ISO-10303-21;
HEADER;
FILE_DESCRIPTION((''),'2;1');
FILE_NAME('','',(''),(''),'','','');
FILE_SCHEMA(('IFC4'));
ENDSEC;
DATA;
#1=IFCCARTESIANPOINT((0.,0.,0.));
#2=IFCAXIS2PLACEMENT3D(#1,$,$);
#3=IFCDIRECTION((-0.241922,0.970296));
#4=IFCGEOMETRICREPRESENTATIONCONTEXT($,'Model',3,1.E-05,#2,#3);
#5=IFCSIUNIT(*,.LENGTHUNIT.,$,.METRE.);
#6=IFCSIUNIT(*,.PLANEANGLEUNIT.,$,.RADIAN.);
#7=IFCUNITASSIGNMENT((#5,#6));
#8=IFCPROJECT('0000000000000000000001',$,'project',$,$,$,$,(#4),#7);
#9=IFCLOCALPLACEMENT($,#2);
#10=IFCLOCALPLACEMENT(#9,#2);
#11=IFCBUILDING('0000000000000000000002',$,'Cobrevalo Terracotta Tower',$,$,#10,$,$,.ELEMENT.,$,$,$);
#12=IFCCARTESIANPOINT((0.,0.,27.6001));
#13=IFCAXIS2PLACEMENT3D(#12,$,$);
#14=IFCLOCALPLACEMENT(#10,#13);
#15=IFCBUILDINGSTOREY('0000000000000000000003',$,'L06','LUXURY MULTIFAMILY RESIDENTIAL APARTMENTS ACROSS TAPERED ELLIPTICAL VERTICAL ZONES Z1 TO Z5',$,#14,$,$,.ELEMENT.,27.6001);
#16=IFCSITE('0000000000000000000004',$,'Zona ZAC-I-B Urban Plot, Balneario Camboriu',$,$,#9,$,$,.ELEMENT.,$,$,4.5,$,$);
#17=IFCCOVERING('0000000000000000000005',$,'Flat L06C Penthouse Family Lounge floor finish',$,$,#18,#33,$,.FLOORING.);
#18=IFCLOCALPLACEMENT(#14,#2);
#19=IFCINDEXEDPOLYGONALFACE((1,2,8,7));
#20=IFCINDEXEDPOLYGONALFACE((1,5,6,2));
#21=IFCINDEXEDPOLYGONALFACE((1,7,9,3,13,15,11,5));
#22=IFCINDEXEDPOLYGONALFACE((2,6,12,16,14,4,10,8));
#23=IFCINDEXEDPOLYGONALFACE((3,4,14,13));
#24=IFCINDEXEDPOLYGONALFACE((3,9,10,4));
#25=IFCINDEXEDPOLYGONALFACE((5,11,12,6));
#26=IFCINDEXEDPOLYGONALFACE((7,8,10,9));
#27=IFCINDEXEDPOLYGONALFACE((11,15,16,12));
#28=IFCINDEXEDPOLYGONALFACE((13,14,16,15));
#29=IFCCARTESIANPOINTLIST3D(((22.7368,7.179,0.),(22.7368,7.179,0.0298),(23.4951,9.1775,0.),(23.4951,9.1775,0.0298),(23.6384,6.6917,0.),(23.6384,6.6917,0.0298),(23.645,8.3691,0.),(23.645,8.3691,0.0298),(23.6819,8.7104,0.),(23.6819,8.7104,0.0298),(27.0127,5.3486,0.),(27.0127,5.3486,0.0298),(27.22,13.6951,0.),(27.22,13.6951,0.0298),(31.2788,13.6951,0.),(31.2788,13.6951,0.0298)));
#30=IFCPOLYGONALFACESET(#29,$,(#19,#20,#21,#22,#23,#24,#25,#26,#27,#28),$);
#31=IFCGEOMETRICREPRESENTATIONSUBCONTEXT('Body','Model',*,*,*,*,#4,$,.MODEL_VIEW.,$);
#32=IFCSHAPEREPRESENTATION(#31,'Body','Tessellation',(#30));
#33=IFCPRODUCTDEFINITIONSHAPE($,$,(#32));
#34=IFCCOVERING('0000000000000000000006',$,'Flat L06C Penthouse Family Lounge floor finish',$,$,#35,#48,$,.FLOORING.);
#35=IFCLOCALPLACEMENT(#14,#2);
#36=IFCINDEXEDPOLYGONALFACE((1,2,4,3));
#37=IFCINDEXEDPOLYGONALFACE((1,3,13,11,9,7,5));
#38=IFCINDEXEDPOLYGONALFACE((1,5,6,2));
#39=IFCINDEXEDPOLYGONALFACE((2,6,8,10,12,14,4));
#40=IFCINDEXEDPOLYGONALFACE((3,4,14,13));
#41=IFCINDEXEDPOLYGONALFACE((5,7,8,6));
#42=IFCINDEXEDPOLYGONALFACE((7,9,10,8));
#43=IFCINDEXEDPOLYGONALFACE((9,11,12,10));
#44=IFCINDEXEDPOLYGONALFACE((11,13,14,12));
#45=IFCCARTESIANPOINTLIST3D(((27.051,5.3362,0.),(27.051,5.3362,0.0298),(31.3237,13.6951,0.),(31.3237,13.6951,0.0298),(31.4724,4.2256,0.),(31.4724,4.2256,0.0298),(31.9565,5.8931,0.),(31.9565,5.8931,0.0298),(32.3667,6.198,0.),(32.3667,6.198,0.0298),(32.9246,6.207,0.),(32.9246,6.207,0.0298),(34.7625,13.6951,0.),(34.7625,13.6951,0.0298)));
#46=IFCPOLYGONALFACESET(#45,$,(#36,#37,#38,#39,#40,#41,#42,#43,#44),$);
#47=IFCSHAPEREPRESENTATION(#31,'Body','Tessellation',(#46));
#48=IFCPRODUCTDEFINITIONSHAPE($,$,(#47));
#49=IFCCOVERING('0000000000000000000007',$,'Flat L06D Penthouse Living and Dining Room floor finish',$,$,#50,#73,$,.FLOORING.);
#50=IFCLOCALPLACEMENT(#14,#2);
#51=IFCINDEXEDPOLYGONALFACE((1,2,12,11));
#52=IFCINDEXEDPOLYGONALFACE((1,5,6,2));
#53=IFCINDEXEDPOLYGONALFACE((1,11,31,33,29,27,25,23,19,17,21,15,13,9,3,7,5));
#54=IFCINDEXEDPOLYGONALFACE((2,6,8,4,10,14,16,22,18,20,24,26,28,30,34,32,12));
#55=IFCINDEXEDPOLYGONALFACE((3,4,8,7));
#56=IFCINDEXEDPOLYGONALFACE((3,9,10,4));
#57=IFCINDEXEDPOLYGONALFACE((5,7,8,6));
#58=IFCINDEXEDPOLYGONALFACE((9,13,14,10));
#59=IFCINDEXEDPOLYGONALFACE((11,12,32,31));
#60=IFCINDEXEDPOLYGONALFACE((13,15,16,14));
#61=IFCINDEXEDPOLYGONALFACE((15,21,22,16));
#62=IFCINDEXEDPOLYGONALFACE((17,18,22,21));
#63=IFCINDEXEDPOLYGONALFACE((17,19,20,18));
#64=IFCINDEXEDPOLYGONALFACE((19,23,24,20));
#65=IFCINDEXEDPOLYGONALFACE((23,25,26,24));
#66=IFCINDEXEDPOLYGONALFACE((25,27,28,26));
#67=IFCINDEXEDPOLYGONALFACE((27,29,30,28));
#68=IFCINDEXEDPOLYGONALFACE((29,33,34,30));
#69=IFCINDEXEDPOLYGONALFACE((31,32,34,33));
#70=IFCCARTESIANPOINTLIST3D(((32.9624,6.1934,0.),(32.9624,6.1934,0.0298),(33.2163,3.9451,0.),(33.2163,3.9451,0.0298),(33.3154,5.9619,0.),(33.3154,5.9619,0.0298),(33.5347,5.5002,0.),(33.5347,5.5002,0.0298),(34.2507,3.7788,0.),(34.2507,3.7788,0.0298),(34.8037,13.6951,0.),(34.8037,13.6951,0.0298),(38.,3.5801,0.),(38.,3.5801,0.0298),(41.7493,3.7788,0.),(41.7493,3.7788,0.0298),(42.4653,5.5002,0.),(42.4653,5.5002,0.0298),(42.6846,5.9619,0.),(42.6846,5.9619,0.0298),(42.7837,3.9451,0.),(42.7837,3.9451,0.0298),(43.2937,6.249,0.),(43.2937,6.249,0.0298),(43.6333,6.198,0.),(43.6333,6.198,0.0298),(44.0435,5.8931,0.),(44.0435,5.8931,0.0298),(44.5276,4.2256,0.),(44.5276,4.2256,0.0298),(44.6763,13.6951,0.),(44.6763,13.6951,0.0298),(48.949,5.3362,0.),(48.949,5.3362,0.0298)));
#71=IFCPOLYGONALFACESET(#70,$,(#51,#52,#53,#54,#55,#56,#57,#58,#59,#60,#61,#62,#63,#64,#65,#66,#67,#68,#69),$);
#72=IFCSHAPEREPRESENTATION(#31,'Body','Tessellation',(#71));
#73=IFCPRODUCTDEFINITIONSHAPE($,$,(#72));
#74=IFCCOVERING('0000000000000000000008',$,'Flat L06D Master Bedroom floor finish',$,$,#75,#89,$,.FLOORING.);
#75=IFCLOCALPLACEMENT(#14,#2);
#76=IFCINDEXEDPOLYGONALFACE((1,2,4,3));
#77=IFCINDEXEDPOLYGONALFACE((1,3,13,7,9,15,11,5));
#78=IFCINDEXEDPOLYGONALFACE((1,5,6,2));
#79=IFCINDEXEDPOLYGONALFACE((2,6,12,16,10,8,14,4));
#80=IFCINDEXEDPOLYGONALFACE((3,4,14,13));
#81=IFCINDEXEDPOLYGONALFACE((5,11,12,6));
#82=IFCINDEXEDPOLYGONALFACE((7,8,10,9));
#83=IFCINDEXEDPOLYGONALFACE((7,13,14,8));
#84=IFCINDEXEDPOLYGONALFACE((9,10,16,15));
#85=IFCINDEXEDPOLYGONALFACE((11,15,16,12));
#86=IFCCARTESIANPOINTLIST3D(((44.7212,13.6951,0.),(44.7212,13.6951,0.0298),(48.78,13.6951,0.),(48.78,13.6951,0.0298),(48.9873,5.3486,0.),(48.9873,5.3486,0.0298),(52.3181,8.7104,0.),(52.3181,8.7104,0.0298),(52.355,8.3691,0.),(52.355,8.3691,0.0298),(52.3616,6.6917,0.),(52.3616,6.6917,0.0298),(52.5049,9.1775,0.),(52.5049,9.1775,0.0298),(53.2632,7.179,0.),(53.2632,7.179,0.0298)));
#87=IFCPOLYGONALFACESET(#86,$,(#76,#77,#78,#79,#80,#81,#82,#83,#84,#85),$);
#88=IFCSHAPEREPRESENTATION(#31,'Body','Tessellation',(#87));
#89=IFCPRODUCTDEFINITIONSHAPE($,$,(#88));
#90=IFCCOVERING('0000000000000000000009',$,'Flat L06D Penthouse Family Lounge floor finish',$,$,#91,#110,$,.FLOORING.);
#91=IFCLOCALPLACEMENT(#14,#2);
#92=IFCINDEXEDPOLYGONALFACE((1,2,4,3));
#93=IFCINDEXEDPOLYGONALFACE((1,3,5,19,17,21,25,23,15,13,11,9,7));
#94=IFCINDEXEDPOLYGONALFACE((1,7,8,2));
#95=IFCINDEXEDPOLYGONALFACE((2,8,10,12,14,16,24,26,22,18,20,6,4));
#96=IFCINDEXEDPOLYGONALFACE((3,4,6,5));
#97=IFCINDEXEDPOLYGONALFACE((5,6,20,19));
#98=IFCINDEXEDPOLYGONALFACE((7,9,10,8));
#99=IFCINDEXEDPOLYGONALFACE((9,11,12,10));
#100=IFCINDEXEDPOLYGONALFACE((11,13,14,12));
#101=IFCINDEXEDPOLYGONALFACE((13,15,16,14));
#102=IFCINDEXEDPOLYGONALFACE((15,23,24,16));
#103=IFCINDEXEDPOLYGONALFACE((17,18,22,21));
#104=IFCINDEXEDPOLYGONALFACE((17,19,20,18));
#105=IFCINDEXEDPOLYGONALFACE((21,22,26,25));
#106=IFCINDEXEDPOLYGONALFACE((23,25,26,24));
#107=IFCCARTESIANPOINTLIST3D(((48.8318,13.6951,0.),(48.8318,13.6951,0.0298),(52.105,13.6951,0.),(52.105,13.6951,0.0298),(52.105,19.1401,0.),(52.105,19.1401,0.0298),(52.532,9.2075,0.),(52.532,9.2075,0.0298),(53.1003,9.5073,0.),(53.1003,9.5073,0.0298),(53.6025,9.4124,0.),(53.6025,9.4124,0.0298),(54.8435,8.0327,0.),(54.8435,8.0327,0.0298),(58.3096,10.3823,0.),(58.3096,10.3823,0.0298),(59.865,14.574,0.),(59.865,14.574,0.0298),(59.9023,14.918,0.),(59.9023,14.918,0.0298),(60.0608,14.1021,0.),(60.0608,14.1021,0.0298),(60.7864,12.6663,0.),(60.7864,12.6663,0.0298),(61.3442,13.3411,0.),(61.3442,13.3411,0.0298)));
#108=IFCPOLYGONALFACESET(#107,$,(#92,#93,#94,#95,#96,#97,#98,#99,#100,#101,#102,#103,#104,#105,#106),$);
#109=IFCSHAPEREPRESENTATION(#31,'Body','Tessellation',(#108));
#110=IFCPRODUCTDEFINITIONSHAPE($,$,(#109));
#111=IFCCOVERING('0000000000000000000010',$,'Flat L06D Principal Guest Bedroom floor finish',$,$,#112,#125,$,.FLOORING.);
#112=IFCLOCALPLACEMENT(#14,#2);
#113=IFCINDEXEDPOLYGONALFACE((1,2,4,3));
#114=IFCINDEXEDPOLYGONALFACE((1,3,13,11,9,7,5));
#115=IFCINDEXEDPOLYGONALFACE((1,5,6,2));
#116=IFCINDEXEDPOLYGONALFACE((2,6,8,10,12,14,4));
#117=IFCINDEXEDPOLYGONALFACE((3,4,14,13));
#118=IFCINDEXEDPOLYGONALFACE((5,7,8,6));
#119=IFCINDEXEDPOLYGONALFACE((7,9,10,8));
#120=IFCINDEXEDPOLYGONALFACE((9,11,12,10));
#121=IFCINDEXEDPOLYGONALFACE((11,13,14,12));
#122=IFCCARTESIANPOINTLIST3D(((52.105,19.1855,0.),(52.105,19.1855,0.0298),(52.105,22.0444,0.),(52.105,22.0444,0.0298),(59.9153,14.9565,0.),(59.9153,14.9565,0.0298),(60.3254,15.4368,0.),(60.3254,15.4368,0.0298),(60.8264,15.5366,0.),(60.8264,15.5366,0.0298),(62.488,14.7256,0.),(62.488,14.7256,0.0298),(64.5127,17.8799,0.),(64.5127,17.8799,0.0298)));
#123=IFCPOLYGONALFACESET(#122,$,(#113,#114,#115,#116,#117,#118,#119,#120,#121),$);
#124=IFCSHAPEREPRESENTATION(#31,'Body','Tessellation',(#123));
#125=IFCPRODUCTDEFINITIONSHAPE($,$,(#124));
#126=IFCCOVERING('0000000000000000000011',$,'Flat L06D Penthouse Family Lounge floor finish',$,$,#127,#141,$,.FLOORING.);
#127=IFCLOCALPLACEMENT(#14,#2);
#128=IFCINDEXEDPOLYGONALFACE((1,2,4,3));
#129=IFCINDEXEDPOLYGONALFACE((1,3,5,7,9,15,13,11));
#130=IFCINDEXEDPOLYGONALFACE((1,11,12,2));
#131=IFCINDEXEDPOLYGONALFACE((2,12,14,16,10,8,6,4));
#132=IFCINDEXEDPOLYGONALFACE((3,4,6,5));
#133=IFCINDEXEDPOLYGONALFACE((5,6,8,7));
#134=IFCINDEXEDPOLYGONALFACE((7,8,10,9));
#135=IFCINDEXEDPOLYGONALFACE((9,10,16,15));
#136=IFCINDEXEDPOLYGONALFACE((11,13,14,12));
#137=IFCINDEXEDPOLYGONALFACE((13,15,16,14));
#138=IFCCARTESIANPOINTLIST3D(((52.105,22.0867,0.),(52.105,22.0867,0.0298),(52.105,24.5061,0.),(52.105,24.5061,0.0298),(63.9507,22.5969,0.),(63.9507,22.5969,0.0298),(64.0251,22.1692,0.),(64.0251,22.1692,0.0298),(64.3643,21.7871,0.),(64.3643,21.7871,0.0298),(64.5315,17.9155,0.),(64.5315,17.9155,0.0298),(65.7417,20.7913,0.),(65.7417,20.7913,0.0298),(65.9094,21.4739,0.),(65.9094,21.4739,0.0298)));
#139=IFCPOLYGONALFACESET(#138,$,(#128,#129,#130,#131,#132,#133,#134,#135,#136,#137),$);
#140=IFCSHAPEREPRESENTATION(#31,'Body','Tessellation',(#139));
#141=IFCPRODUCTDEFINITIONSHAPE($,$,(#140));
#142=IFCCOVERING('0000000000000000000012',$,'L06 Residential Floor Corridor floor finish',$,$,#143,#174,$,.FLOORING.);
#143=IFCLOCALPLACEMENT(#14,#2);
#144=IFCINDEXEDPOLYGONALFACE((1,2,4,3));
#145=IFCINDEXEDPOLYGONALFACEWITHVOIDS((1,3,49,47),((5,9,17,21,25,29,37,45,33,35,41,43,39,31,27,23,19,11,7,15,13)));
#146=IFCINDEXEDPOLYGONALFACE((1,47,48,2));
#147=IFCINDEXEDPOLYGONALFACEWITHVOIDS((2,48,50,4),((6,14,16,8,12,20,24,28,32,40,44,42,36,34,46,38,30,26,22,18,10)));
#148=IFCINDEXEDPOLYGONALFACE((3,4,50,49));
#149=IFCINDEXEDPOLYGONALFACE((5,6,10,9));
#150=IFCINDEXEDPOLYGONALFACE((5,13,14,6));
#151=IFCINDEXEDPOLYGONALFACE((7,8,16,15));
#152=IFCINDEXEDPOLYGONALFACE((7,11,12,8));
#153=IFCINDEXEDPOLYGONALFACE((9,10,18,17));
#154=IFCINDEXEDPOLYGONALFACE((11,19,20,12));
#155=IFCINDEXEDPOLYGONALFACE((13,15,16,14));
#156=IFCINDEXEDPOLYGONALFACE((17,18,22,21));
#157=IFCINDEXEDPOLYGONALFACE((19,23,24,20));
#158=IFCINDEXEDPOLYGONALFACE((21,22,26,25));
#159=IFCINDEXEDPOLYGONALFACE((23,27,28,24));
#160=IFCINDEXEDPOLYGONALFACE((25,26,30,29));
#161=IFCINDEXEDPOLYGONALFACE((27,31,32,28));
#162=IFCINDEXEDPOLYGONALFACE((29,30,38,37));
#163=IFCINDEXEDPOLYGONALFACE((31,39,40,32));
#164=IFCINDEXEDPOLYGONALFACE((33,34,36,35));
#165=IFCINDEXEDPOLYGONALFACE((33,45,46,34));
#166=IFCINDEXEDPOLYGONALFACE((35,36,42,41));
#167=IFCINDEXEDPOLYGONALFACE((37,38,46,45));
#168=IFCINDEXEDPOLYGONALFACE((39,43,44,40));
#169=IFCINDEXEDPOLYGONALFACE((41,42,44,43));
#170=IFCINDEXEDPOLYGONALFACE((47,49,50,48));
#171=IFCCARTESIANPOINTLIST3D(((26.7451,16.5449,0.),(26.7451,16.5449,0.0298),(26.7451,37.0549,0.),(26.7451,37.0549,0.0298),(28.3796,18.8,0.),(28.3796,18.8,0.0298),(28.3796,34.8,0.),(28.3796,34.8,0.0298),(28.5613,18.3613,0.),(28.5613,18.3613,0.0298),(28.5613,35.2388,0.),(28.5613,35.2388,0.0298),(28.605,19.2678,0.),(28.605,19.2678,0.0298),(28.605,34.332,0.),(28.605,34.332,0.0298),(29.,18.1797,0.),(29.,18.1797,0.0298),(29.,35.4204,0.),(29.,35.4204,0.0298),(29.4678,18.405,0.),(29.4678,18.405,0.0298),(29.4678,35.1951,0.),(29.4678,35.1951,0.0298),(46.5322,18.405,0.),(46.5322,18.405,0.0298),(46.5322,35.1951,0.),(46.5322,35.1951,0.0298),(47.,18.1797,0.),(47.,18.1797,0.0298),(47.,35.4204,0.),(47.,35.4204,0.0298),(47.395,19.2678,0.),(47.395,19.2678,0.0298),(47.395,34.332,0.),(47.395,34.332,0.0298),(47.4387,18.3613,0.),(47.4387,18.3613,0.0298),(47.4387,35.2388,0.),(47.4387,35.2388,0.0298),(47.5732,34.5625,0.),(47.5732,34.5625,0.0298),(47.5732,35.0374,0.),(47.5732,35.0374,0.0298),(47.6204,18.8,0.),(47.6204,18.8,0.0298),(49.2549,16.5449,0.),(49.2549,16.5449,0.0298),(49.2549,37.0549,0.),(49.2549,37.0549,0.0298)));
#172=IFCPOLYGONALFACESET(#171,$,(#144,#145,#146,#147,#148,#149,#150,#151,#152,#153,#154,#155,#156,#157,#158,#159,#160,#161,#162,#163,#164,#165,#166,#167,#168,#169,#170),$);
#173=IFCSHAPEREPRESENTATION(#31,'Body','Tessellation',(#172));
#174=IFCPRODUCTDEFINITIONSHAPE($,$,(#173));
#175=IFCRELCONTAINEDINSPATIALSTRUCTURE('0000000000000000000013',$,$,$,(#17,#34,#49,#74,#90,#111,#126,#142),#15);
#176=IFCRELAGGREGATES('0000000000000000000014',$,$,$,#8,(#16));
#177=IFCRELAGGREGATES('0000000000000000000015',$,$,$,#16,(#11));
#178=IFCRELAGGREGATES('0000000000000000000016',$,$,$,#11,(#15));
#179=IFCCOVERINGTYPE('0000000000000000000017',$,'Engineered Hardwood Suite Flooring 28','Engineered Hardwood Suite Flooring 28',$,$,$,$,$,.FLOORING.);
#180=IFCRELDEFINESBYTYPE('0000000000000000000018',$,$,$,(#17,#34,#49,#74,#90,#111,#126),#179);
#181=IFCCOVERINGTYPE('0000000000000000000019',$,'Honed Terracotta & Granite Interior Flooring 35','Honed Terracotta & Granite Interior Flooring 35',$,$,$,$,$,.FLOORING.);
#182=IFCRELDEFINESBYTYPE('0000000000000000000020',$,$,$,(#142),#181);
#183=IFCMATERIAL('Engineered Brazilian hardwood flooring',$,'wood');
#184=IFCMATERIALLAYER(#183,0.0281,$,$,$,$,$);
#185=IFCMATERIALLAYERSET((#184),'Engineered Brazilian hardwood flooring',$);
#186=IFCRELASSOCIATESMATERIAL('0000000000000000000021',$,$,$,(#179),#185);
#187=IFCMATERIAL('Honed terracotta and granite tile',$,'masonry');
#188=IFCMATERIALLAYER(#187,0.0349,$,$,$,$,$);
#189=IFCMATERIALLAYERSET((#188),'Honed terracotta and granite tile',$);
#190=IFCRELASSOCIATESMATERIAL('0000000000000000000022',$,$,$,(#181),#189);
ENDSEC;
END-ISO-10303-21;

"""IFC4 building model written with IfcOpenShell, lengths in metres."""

from ifc_helpers import new_model, si_unit, direction, frame, origin, place, context, subcontext, project, spatial, polyline, outline, extrude, material, layer, layer_set, type_object, element, save


model = new_model("IFC4")

# Units and contexts
model_context = context("Model", 3, precision=1e-05, world=origin(), true_north=direction((-0.241922, 0.970296)))
body_context = subcontext(model_context, "Body", "Model", "MODEL_VIEW")
ifc_project = project(units=[si_unit("LENGTHUNIT", "METRE"), si_unit("PLANEANGLEUNIT", "RADIAN")], contexts=[model_context])

# Site, building, storey
site_placement = place(None, origin())
site = spatial("IfcSite", under=ifc_project, at=site_placement, Name="Zona ZAC-I-B Urban Plot, Balneario Camboriu", CompositionType="ELEMENT", RefElevation=4.5)
building_placement = place(site_placement, origin())
building = spatial("IfcBuilding", under=site, at=building_placement, Name="Cobrevalo Terracotta Tower", CompositionType="ELEMENT")
storey_placement = place(building_placement, frame((0.0, 0.0, 27.6001)))
storey = spatial("IfcBuildingStorey", under=building, at=storey_placement, Name="L06", Description="LUXURY MULTIFAMILY RESIDENTIAL APARTMENTS ACROSS TAPERED ELLIPTICAL VERTICAL ZONES Z1 TO Z5", CompositionType="ELEMENT", Elevation=27.6001)

# Coverings
ifc_material_1 = material(Name="Engineered Brazilian hardwood flooring", Category="wood")
ifc_layer_1 = layer(ifc_material_1, 0.0281)
ifc_layer_set_1 = layer_set([ifc_layer_1], Name="Engineered Brazilian hardwood flooring")
covering_type_1 = type_object("IfcCoveringType", Name="Engineered Hardwood Suite Flooring 28", Description="Engineered Hardwood Suite Flooring 28", PredefinedType="FLOORING", material=ifc_layer_set_1)
covering_1_placement = place(storey_placement, origin())
element("IfcCovering", 1, at=covering_1_placement, inside=storey, type_object=covering_type_1, Name="Flat L06C Penthouse Family Lounge floor finish", PredefinedType="FLOORING", context=body_context, shape_type="SweptSolid", body=[
    extrude(outline(polyline([(22.7368, 7.179), (23.645, 8.3691), (23.6819, 8.7104), (23.4951, 9.1775), (27.22, 13.6951), (31.2788, 13.6951), (27.0127, 5.3486), (23.6384, 6.6917), (22.7368, 7.179)])), origin(), (0.0, 0.0, 1.0), 0.0298),
])
covering_2_placement = place(storey_placement, origin())
element("IfcCovering", 2, at=covering_2_placement, inside=storey, type_object=covering_type_1, Name="Flat L06C Penthouse Family Lounge floor finish", PredefinedType="FLOORING", context=body_context, shape_type="SweptSolid", body=[
    extrude(outline(polyline([(32.9246, 6.207), (32.3667, 6.198), (31.9565, 5.8931), (31.4724, 4.2256), (27.051, 5.3362), (31.3237, 13.6951), (34.7625, 13.6951), (32.9246, 6.207)])), origin(), (0.0, 0.0, 1.0), 0.0298),
])
covering_3_placement = place(storey_placement, origin())
element("IfcCovering", 3, at=covering_3_placement, inside=storey, type_object=covering_type_1, Name="Flat L06D Penthouse Living and Dining Room floor finish", PredefinedType="FLOORING", context=body_context, shape_type="SweptSolid", body=[
    extrude(outline(polyline([(44.5276, 4.2256), (44.0435, 5.8931), (43.6333, 6.198), (43.2937, 6.249), (42.6846, 5.9619), (42.4653, 5.5002), (42.7837, 3.9451), (41.7493, 3.7788), (38.0, 3.5801), (34.2507, 3.7788), (33.2163, 3.9451), (33.5347, 5.5002), (33.3154, 5.9619), (32.9624, 6.1934), (34.8037, 13.6951), (44.6763, 13.6951), (48.949, 5.3362), (44.5276, 4.2256)])), origin(), (0.0, 0.0, 1.0), 0.0298),
])
covering_4_placement = place(storey_placement, origin())
element("IfcCovering", 4, at=covering_4_placement, inside=storey, type_object=covering_type_1, Name="Flat L06D Master Bedroom floor finish", PredefinedType="FLOORING", context=body_context, shape_type="SweptSolid", body=[
    extrude(outline(polyline([(48.9873, 5.3486), (44.7212, 13.6951), (48.78, 13.6951), (52.5049, 9.1775), (52.3181, 8.7104), (52.355, 8.3691), (53.2632, 7.179), (52.3616, 6.6917), (48.9873, 5.3486)])), origin(), (0.0, 0.0, 1.0), 0.0298),
])
covering_5_placement = place(storey_placement, origin())
element("IfcCovering", 5, at=covering_5_placement, inside=storey, type_object=covering_type_1, Name="Flat L06D Penthouse Family Lounge floor finish", PredefinedType="FLOORING", context=body_context, shape_type="SweptSolid", body=[
    extrude(outline(polyline([(58.3096, 10.3823), (54.8435, 8.0327), (53.6025, 9.4124), (53.1003, 9.5073), (52.532, 9.2075), (48.8318, 13.6951), (52.105, 13.6951), (52.105, 19.1401), (59.9023, 14.918), (59.865, 14.574), (60.0608, 14.1021), (61.3442, 13.3411), (60.7864, 12.6663), (58.3096, 10.3823)])), origin(), (0.0, 0.0, 1.0), 0.0298),
])
covering_6_placement = place(storey_placement, origin())
element("IfcCovering", 6, at=covering_6_placement, inside=storey, type_object=covering_type_1, Name="Flat L06D Principal Guest Bedroom floor finish", PredefinedType="FLOORING", context=body_context, shape_type="SweptSolid", body=[
    extrude(outline(polyline([(62.488, 14.7256), (60.8264, 15.5366), (60.3254, 15.4368), (59.9153, 14.9565), (52.105, 19.1855), (52.105, 22.0444), (64.5127, 17.8799), (62.488, 14.7256)])), origin(), (0.0, 0.0, 1.0), 0.0298),
])
covering_7_placement = place(storey_placement, origin())
element("IfcCovering", 7, at=covering_7_placement, inside=storey, type_object=covering_type_1, Name="Flat L06D Penthouse Family Lounge floor finish", PredefinedType="FLOORING", context=body_context, shape_type="SweptSolid", body=[
    extrude(outline(polyline([(52.105, 22.0867), (52.105, 24.5061), (63.9507, 22.5969), (64.0251, 22.1692), (64.3643, 21.7871), (65.9094, 21.4739), (65.7417, 20.7913), (64.5315, 17.9155), (52.105, 22.0867)])), origin(), (0.0, 0.0, 1.0), 0.0298),
])
ifc_material_2 = material(Name="Honed terracotta and granite tile", Category="masonry")
ifc_layer_2 = layer(ifc_material_2, 0.0349)
ifc_layer_set_2 = layer_set([ifc_layer_2], Name="Honed terracotta and granite tile")
covering_type_2 = type_object("IfcCoveringType", Name="Honed Terracotta & Granite Interior Flooring 35", Description="Honed Terracotta & Granite Interior Flooring 35", PredefinedType="FLOORING", material=ifc_layer_set_2)
covering_8_placement = place(storey_placement, origin())
element("IfcCovering", 8, at=covering_8_placement, inside=storey, type_object=covering_type_2, Name="L06 Residential Floor Corridor floor finish", PredefinedType="FLOORING", context=body_context, shape_type="SweptSolid", body=[
    extrude(outline(polyline([(49.2549, 37.0549), (49.2549, 16.5449), (26.7451, 16.5449), (26.7451, 37.0549), (49.2549, 37.0549)]), holes=[polyline([(47.395, 34.332), (47.5732, 34.5625), (47.5732, 35.0374), (47.4387, 35.2388), (47.0, 35.4204), (46.5322, 35.1951), (29.4678, 35.1951), (29.0, 35.4204), (28.5613, 35.2388), (28.3796, 34.8), (28.605, 34.332), (28.605, 19.2678), (28.3796, 18.8), (28.5613, 18.3613), (29.0, 18.1797), (29.4678, 18.405), (46.5322, 18.405), (47.0, 18.1797), (47.4387, 18.3613), (47.6204, 18.8), (47.395, 19.2678), (47.395, 34.332)])]), origin(), (0.0, 0.0, 1.0), 0.0298),
])

save(model, "model.ifc")
